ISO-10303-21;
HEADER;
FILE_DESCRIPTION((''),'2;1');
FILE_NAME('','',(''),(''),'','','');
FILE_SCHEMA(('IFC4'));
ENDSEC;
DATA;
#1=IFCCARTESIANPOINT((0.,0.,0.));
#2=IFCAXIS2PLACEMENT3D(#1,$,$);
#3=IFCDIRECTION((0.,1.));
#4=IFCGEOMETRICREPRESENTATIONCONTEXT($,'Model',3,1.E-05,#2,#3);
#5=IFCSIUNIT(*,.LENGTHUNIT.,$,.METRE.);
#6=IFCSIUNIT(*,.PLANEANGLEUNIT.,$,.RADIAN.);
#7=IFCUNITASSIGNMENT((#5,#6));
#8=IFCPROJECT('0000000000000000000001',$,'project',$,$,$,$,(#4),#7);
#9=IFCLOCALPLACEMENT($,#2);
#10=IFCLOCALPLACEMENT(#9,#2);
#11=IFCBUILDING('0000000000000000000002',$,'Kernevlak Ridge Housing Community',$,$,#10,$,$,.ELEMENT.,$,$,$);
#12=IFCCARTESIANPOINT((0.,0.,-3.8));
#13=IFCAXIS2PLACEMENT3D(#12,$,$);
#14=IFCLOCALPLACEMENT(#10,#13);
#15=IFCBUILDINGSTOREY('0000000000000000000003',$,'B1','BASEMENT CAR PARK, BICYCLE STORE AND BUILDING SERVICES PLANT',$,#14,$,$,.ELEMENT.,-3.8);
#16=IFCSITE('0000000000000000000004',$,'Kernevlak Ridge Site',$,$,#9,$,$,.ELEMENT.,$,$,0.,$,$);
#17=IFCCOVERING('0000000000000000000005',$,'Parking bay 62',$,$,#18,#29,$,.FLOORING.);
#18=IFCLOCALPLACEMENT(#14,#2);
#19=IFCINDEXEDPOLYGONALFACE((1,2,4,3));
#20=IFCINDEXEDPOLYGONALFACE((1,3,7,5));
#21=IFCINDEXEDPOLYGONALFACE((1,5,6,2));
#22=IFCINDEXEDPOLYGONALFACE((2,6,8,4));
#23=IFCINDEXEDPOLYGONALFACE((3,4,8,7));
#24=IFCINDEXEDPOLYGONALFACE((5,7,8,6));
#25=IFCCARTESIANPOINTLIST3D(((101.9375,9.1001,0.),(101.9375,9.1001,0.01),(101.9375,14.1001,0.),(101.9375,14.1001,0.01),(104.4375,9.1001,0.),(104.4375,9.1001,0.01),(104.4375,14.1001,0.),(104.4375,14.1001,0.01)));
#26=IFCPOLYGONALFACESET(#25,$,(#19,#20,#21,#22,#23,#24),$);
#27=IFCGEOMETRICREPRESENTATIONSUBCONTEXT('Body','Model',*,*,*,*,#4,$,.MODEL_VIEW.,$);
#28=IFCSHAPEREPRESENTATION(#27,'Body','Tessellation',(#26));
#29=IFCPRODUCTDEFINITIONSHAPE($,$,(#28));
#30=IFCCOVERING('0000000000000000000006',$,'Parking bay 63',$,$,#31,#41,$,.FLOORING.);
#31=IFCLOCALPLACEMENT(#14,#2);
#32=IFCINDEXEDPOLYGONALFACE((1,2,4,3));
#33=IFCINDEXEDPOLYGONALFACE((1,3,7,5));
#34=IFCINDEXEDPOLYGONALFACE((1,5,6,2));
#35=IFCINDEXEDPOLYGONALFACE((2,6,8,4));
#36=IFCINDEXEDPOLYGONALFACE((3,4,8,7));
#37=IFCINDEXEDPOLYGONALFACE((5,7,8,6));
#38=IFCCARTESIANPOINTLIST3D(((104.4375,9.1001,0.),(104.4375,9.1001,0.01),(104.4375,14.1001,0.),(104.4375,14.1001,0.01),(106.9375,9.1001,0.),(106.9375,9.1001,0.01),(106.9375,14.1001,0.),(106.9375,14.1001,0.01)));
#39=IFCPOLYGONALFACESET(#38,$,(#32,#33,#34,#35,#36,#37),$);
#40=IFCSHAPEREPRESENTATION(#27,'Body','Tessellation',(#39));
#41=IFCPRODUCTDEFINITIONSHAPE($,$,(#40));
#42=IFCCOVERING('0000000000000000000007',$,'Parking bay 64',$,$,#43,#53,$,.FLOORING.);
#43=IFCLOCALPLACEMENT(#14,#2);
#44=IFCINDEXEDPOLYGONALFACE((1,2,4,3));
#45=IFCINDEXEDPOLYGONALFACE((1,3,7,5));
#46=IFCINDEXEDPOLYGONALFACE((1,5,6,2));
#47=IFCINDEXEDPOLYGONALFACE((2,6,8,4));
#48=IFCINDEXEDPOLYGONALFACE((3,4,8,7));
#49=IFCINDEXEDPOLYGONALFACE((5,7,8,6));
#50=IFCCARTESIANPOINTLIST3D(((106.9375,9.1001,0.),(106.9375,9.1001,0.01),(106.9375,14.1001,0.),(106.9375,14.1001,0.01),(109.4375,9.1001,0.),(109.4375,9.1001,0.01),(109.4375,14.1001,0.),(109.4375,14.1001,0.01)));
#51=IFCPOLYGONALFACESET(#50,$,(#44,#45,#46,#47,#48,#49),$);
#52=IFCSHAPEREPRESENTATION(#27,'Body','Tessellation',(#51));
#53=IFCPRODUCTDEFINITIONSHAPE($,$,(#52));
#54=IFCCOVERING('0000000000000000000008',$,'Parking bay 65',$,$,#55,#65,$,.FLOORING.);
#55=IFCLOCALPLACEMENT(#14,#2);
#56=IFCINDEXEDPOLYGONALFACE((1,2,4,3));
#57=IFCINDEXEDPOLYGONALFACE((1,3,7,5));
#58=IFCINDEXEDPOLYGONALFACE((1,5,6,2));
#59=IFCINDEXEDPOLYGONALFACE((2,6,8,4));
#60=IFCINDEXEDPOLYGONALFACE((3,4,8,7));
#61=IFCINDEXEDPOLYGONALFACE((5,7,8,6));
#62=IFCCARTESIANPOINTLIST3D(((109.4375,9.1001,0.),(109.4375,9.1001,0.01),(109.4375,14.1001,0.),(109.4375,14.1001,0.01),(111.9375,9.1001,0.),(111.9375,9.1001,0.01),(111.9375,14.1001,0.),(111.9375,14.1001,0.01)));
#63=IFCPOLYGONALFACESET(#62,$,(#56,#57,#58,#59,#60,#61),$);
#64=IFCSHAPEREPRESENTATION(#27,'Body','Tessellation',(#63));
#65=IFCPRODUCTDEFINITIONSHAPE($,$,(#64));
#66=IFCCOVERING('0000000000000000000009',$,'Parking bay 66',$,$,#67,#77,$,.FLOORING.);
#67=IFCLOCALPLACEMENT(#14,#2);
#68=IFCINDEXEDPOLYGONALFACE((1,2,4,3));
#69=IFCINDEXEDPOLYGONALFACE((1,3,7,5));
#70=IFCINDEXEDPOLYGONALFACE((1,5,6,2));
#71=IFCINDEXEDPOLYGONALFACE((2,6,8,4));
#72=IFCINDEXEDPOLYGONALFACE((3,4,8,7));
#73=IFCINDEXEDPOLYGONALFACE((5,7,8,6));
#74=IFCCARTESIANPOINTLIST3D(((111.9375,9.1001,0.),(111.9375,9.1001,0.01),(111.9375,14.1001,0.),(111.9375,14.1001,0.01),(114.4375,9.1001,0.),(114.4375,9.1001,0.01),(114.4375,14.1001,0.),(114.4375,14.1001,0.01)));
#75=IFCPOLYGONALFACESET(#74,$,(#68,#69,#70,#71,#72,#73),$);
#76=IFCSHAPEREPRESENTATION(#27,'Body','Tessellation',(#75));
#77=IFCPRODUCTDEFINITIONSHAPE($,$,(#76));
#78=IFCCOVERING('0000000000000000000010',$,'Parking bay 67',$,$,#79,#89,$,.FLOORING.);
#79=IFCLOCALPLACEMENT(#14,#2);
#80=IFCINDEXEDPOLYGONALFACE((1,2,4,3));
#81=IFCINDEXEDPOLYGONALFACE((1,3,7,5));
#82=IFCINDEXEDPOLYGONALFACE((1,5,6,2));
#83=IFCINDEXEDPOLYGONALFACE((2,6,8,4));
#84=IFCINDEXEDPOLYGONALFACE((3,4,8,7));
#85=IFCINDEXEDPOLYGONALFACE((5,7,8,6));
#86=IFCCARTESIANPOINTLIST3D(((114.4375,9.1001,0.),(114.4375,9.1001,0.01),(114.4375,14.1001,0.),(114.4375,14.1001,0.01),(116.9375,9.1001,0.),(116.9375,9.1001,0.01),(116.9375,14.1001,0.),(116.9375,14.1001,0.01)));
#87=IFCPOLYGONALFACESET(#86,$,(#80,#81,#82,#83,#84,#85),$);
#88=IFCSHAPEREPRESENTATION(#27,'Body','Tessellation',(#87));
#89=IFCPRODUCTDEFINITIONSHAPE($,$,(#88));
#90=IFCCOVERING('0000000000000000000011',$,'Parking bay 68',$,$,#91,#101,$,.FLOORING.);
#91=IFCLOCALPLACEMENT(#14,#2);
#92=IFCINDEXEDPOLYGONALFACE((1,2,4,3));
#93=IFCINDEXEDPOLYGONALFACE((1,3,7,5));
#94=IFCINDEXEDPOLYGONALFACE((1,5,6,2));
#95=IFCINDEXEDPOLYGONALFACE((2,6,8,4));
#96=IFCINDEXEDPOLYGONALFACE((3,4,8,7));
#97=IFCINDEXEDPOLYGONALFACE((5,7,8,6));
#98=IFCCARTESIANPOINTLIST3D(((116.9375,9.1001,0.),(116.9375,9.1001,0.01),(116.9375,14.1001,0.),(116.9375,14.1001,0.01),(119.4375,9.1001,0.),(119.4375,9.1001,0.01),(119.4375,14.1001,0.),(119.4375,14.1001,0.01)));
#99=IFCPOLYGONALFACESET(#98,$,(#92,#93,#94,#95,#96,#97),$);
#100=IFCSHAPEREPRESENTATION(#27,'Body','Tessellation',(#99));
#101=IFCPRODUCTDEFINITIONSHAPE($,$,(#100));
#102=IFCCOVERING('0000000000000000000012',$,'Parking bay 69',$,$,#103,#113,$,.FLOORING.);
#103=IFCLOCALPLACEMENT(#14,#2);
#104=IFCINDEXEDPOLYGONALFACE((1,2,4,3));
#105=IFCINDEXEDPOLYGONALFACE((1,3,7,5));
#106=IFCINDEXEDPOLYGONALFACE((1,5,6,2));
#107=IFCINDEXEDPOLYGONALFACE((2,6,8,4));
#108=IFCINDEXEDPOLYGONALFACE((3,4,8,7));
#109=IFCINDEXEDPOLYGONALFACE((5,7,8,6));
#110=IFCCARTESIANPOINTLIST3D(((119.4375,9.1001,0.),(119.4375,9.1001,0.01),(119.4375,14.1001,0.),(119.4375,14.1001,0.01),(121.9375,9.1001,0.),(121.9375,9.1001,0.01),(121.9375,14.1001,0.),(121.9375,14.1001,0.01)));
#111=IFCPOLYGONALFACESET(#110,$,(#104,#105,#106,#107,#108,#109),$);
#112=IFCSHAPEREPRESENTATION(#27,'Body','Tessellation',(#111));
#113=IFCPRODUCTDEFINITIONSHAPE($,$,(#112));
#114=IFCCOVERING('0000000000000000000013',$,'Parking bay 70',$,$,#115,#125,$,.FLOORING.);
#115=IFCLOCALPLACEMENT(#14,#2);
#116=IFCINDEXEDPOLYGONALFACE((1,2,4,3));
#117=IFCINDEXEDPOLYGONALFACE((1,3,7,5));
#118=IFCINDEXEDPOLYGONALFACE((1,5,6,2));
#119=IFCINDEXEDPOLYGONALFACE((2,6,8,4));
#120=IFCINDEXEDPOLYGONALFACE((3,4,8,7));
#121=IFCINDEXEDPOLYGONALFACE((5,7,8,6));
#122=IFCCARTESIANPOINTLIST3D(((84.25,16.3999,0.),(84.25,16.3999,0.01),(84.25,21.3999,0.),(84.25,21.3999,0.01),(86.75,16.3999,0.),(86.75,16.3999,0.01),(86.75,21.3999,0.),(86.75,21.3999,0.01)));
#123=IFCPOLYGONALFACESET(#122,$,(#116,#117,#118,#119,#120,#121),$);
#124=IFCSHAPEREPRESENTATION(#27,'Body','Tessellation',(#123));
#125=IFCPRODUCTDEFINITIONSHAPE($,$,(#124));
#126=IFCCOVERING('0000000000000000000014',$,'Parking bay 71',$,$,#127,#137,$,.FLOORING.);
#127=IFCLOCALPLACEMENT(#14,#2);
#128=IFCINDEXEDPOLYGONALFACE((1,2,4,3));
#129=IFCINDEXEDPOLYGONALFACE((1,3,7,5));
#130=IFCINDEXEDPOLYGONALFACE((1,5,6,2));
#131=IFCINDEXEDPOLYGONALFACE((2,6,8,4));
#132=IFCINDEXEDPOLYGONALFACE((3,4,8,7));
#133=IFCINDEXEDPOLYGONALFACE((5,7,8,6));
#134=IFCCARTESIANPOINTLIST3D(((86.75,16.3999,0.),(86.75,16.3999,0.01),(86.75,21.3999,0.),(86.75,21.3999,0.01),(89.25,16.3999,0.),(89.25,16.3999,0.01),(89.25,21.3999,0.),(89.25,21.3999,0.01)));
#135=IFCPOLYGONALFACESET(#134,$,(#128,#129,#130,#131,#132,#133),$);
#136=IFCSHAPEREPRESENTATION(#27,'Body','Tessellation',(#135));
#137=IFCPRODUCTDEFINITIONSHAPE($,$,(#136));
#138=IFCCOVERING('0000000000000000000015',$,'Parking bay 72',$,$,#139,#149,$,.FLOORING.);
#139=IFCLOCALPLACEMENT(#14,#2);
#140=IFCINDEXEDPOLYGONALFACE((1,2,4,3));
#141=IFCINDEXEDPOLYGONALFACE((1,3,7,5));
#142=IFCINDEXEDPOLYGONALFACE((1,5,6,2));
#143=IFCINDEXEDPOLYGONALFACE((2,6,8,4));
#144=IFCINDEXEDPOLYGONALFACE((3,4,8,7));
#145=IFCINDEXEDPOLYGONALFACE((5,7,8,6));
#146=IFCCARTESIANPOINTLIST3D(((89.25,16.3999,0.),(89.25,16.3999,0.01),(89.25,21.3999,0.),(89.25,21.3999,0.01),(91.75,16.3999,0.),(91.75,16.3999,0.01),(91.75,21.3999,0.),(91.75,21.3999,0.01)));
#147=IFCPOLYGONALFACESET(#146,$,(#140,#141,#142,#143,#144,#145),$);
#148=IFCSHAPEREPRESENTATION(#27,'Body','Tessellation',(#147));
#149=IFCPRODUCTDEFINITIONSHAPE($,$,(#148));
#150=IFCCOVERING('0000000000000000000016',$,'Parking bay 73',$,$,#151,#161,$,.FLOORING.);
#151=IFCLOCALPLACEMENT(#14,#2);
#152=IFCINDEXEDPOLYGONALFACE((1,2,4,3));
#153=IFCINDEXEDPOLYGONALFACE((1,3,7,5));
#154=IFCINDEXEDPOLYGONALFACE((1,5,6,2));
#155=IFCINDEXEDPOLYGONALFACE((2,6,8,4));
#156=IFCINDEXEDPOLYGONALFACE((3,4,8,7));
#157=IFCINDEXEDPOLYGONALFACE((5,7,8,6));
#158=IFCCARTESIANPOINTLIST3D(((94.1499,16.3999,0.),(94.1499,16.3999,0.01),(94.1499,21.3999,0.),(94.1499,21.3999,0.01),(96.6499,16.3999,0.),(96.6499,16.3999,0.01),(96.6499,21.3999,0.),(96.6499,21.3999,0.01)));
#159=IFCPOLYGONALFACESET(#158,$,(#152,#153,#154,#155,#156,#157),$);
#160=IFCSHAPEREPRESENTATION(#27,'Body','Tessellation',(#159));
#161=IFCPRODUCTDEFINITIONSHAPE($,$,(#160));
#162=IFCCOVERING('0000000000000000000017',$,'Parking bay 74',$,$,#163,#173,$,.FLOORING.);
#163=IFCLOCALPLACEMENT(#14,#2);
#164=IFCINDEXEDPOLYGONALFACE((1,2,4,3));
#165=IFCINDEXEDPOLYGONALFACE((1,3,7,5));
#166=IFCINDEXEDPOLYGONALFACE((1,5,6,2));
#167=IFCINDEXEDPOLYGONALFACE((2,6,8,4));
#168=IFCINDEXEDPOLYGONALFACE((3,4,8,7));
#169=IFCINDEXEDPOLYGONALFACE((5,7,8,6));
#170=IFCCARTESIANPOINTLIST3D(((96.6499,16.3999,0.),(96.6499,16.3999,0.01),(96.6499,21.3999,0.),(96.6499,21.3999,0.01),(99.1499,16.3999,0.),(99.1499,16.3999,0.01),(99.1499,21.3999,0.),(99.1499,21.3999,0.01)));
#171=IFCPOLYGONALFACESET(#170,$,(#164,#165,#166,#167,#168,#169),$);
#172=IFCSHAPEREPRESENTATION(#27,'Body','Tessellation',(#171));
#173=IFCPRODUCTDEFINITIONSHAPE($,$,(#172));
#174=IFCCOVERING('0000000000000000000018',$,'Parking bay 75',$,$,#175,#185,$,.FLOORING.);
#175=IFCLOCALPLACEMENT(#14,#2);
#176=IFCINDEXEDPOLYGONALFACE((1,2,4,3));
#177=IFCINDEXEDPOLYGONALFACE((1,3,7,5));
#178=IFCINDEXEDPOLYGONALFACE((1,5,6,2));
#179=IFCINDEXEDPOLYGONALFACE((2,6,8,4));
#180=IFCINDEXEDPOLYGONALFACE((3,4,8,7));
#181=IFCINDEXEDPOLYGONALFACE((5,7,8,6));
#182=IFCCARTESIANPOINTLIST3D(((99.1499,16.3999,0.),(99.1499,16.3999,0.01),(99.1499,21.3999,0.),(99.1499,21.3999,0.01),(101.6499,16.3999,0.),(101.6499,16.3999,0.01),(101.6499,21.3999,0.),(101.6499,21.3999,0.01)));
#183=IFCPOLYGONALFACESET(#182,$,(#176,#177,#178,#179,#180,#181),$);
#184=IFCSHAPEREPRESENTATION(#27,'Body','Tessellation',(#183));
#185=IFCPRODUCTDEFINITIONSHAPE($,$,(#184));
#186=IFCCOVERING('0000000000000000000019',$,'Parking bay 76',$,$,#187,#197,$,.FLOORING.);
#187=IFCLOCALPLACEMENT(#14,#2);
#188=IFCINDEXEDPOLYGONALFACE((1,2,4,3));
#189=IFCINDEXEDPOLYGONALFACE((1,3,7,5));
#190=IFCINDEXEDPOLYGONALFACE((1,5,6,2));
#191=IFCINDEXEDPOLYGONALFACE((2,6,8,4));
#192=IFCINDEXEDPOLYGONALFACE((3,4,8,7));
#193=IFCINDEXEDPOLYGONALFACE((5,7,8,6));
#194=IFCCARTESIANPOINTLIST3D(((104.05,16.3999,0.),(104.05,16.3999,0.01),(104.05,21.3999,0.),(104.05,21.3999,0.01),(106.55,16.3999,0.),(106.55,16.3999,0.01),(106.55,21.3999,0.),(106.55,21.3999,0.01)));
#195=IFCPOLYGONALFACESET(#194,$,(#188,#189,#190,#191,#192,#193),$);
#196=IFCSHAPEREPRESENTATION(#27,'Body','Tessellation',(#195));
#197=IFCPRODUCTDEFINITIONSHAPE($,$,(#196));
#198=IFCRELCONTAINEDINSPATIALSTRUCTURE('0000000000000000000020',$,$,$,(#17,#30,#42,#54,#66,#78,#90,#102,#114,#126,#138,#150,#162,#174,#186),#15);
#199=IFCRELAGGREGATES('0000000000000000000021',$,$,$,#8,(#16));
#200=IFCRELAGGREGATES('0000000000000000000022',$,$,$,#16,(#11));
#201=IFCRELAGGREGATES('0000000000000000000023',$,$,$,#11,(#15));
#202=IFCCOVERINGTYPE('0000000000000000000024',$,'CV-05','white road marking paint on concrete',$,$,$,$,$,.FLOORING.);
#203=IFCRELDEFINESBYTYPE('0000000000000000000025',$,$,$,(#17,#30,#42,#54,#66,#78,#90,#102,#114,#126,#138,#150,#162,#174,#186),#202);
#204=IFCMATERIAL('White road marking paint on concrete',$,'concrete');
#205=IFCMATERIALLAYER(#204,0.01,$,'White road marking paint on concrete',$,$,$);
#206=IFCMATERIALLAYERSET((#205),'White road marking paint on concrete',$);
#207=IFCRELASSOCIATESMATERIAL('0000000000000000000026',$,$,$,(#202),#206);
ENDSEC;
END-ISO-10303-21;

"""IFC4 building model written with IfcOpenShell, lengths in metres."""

from ifc_helpers import new_model, si_unit, direction, frame, origin, place, context, subcontext, project, spatial, polyline, outline, extrude, material, layer, layer_set, type_object, element, save


model = new_model("IFC4")

# Units and contexts
model_context = context("Model", 3, precision=1e-05, world=origin(), true_north=direction((0.0, 1.0)))
body_context = subcontext(model_context, "Body", "Model", "MODEL_VIEW")
ifc_project = project(units=[si_unit("LENGTHUNIT", "METRE"), si_unit("PLANEANGLEUNIT", "RADIAN")], contexts=[model_context])

# Site, building, storey
site_placement = place(None, origin())
site = spatial("IfcSite", under=ifc_project, at=site_placement, Name="Kernevlak Ridge Site", CompositionType="ELEMENT", RefElevation=0.0)
building_placement = place(site_placement, origin())
building = spatial("IfcBuilding", under=site, at=building_placement, Name="Kernevlak Ridge Housing Community", CompositionType="ELEMENT")
storey_placement = place(building_placement, frame((0.0, 0.0, -3.8)))
storey = spatial("IfcBuildingStorey", under=building, at=storey_placement, Name="B1", Description="BASEMENT CAR PARK, BICYCLE STORE AND BUILDING SERVICES PLANT", CompositionType="ELEMENT", Elevation=-3.8)

# Coverings
ifc_material_1 = material(Name="White road marking paint on concrete", Category="concrete")
ifc_layer_1 = layer(ifc_material_1, 0.01, Name="White road marking paint on concrete")
ifc_layer_set_1 = layer_set([ifc_layer_1], Name="White road marking paint on concrete")
covering_type = type_object("IfcCoveringType", Name="CV-05", Description="white road marking paint on concrete", PredefinedType="FLOORING", material=ifc_layer_set_1)
covering_1_placement = place(storey_placement, origin())
element("IfcCovering", 1, at=covering_1_placement, inside=storey, type_object=covering_type, Name="Parking bay 62", PredefinedType="FLOORING", context=body_context, shape_type="SweptSolid", body=[
    extrude(outline(polyline([(101.9375, 9.1001), (104.4375, 9.1001), (104.4375, 14.1001), (101.9375, 14.1001), (101.9375, 9.1001)])), origin(), (0.0, 0.0, 1.0), 0.01),
])
covering_2_placement = place(storey_placement, origin())
element("IfcCovering", 2, at=covering_2_placement, inside=storey, type_object=covering_type, Name="Parking bay 63", PredefinedType="FLOORING", context=body_context, shape_type="SweptSolid", body=[
    extrude(outline(polyline([(104.4375, 9.1001), (106.9375, 9.1001), (106.9375, 14.1001), (104.4375, 14.1001), (104.4375, 9.1001)])), origin(), (0.0, 0.0, 1.0), 0.01),
])
covering_3_placement = place(storey_placement, origin())
element("IfcCovering", 3, at=covering_3_placement, inside=storey, type_object=covering_type, Name="Parking bay 64", PredefinedType="FLOORING", context=body_context, shape_type="SweptSolid", body=[
    extrude(outline(polyline([(106.9375, 9.1001), (109.4375, 9.1001), (109.4375, 14.1001), (106.9375, 14.1001), (106.9375, 9.1001)])), origin(), (0.0, 0.0, 1.0), 0.01),
])
covering_4_placement = place(storey_placement, origin())
element("IfcCovering", 4, at=covering_4_placement, inside=storey, type_object=covering_type, Name="Parking bay 65", PredefinedType="FLOORING", context=body_context, shape_type="SweptSolid", body=[
    extrude(outline(polyline([(109.4375, 9.1001), (111.9375, 9.1001), (111.9375, 14.1001), (109.4375, 14.1001), (109.4375, 9.1001)])), origin(), (0.0, 0.0, 1.0), 0.01),
])
covering_5_placement = place(storey_placement, origin())
element("IfcCovering", 5, at=covering_5_placement, inside=storey, type_object=covering_type, Name="Parking bay 66", PredefinedType="FLOORING", context=body_context, shape_type="SweptSolid", body=[
    extrude(outline(polyline([(111.9375, 9.1001), (114.4375, 9.1001), (114.4375, 14.1001), (111.9375, 14.1001), (111.9375, 9.1001)])), origin(), (0.0, 0.0, 1.0), 0.01),
])
covering_6_placement = place(storey_placement, origin())
element("IfcCovering", 6, at=covering_6_placement, inside=storey, type_object=covering_type, Name="Parking bay 67", PredefinedType="FLOORING", context=body_context, shape_type="SweptSolid", body=[
    extrude(outline(polyline([(114.4375, 9.1001), (116.9375, 9.1001), (116.9375, 14.1001), (114.4375, 14.1001), (114.4375, 9.1001)])), origin(), (0.0, 0.0, 1.0), 0.01),
])
covering_7_placement = place(storey_placement, origin())
element("IfcCovering", 7, at=covering_7_placement, inside=storey, type_object=covering_type, Name="Parking bay 68", PredefinedType="FLOORING", context=body_context, shape_type="SweptSolid", body=[
    extrude(outline(polyline([(116.9375, 9.1001), (119.4375, 9.1001), (119.4375, 14.1001), (116.9375, 14.1001), (116.9375, 9.1001)])), origin(), (0.0, 0.0, 1.0), 0.01),
])
covering_8_placement = place(storey_placement, origin())
element("IfcCovering", 8, at=covering_8_placement, inside=storey, type_object=covering_type, Name="Parking bay 69", PredefinedType="FLOORING", context=body_context, shape_type="SweptSolid", body=[
    extrude(outline(polyline([(119.4375, 9.1001), (121.9375, 9.1001), (121.9375, 14.1001), (119.4375, 14.1001), (119.4375, 9.1001)])), origin(), (0.0, 0.0, 1.0), 0.01),
])
covering_9_placement = place(storey_placement, origin())
element("IfcCovering", 9, at=covering_9_placement, inside=storey, type_object=covering_type, Name="Parking bay 70", PredefinedType="FLOORING", context=body_context, shape_type="SweptSolid", body=[
    extrude(outline(polyline([(84.25, 16.3999), (86.75, 16.3999), (86.75, 21.3999), (84.25, 21.3999), (84.25, 16.3999)])), origin(), (0.0, 0.0, 1.0), 0.01),
])
covering_10_placement = place(storey_placement, origin())
element("IfcCovering", 10, at=covering_10_placement, inside=storey, type_object=covering_type, Name="Parking bay 71", PredefinedType="FLOORING", context=body_context, shape_type="SweptSolid", body=[
    extrude(outline(polyline([(86.75, 16.3999), (89.25, 16.3999), (89.25, 21.3999), (86.75, 21.3999), (86.75, 16.3999)])), origin(), (0.0, 0.0, 1.0), 0.01),
])
covering_11_placement = place(storey_placement, origin())
element("IfcCovering", 11, at=covering_11_placement, inside=storey, type_object=covering_type, Name="Parking bay 72", PredefinedType="FLOORING", context=body_context, shape_type="SweptSolid", body=[
    extrude(outline(polyline([(89.25, 16.3999), (91.75, 16.3999), (91.75, 21.3999), (89.25, 21.3999), (89.25, 16.3999)])), origin(), (0.0, 0.0, 1.0), 0.01),
])
covering_12_placement = place(storey_placement, origin())
element("IfcCovering", 12, at=covering_12_placement, inside=storey, type_object=covering_type, Name="Parking bay 73", PredefinedType="FLOORING", context=body_context, shape_type="SweptSolid", body=[
    extrude(outline(polyline([(94.1499, 16.3999), (96.6499, 16.3999), (96.6499, 21.3999), (94.1499, 21.3999), (94.1499, 16.3999)])), origin(), (0.0, 0.0, 1.0), 0.01),
])
covering_13_placement = place(storey_placement, origin())
element("IfcCovering", 13, at=covering_13_placement, inside=storey, type_object=covering_type, Name="Parking bay 74", PredefinedType="FLOORING", context=body_context, shape_type="SweptSolid", body=[
    extrude(outline(polyline([(96.6499, 16.3999), (99.1499, 16.3999), (99.1499, 21.3999), (96.6499, 21.3999), (96.6499, 16.3999)])), origin(), (0.0, 0.0, 1.0), 0.01),
])
covering_14_placement = place(storey_placement, origin())
element("IfcCovering", 14, at=covering_14_placement, inside=storey, type_object=covering_type, Name="Parking bay 75", PredefinedType="FLOORING", context=body_context, shape_type="SweptSolid", body=[
    extrude(outline(polyline([(99.1499, 16.3999), (101.6499, 16.3999), (101.6499, 21.3999), (99.1499, 21.3999), (99.1499, 16.3999)])), origin(), (0.0, 0.0, 1.0), 0.01),
])
covering_15_placement = place(storey_placement, origin())
element("IfcCovering", 15, at=covering_15_placement, inside=storey, type_object=covering_type, Name="Parking bay 76", PredefinedType="FLOORING", context=body_context, shape_type="SweptSolid", body=[
    extrude(outline(polyline([(104.05, 16.3999), (106.55, 16.3999), (106.55, 21.3999), (104.05, 21.3999), (104.05, 16.3999)])), origin(), (0.0, 0.0, 1.0), 0.01),
])

save(model, "model.ifc")
